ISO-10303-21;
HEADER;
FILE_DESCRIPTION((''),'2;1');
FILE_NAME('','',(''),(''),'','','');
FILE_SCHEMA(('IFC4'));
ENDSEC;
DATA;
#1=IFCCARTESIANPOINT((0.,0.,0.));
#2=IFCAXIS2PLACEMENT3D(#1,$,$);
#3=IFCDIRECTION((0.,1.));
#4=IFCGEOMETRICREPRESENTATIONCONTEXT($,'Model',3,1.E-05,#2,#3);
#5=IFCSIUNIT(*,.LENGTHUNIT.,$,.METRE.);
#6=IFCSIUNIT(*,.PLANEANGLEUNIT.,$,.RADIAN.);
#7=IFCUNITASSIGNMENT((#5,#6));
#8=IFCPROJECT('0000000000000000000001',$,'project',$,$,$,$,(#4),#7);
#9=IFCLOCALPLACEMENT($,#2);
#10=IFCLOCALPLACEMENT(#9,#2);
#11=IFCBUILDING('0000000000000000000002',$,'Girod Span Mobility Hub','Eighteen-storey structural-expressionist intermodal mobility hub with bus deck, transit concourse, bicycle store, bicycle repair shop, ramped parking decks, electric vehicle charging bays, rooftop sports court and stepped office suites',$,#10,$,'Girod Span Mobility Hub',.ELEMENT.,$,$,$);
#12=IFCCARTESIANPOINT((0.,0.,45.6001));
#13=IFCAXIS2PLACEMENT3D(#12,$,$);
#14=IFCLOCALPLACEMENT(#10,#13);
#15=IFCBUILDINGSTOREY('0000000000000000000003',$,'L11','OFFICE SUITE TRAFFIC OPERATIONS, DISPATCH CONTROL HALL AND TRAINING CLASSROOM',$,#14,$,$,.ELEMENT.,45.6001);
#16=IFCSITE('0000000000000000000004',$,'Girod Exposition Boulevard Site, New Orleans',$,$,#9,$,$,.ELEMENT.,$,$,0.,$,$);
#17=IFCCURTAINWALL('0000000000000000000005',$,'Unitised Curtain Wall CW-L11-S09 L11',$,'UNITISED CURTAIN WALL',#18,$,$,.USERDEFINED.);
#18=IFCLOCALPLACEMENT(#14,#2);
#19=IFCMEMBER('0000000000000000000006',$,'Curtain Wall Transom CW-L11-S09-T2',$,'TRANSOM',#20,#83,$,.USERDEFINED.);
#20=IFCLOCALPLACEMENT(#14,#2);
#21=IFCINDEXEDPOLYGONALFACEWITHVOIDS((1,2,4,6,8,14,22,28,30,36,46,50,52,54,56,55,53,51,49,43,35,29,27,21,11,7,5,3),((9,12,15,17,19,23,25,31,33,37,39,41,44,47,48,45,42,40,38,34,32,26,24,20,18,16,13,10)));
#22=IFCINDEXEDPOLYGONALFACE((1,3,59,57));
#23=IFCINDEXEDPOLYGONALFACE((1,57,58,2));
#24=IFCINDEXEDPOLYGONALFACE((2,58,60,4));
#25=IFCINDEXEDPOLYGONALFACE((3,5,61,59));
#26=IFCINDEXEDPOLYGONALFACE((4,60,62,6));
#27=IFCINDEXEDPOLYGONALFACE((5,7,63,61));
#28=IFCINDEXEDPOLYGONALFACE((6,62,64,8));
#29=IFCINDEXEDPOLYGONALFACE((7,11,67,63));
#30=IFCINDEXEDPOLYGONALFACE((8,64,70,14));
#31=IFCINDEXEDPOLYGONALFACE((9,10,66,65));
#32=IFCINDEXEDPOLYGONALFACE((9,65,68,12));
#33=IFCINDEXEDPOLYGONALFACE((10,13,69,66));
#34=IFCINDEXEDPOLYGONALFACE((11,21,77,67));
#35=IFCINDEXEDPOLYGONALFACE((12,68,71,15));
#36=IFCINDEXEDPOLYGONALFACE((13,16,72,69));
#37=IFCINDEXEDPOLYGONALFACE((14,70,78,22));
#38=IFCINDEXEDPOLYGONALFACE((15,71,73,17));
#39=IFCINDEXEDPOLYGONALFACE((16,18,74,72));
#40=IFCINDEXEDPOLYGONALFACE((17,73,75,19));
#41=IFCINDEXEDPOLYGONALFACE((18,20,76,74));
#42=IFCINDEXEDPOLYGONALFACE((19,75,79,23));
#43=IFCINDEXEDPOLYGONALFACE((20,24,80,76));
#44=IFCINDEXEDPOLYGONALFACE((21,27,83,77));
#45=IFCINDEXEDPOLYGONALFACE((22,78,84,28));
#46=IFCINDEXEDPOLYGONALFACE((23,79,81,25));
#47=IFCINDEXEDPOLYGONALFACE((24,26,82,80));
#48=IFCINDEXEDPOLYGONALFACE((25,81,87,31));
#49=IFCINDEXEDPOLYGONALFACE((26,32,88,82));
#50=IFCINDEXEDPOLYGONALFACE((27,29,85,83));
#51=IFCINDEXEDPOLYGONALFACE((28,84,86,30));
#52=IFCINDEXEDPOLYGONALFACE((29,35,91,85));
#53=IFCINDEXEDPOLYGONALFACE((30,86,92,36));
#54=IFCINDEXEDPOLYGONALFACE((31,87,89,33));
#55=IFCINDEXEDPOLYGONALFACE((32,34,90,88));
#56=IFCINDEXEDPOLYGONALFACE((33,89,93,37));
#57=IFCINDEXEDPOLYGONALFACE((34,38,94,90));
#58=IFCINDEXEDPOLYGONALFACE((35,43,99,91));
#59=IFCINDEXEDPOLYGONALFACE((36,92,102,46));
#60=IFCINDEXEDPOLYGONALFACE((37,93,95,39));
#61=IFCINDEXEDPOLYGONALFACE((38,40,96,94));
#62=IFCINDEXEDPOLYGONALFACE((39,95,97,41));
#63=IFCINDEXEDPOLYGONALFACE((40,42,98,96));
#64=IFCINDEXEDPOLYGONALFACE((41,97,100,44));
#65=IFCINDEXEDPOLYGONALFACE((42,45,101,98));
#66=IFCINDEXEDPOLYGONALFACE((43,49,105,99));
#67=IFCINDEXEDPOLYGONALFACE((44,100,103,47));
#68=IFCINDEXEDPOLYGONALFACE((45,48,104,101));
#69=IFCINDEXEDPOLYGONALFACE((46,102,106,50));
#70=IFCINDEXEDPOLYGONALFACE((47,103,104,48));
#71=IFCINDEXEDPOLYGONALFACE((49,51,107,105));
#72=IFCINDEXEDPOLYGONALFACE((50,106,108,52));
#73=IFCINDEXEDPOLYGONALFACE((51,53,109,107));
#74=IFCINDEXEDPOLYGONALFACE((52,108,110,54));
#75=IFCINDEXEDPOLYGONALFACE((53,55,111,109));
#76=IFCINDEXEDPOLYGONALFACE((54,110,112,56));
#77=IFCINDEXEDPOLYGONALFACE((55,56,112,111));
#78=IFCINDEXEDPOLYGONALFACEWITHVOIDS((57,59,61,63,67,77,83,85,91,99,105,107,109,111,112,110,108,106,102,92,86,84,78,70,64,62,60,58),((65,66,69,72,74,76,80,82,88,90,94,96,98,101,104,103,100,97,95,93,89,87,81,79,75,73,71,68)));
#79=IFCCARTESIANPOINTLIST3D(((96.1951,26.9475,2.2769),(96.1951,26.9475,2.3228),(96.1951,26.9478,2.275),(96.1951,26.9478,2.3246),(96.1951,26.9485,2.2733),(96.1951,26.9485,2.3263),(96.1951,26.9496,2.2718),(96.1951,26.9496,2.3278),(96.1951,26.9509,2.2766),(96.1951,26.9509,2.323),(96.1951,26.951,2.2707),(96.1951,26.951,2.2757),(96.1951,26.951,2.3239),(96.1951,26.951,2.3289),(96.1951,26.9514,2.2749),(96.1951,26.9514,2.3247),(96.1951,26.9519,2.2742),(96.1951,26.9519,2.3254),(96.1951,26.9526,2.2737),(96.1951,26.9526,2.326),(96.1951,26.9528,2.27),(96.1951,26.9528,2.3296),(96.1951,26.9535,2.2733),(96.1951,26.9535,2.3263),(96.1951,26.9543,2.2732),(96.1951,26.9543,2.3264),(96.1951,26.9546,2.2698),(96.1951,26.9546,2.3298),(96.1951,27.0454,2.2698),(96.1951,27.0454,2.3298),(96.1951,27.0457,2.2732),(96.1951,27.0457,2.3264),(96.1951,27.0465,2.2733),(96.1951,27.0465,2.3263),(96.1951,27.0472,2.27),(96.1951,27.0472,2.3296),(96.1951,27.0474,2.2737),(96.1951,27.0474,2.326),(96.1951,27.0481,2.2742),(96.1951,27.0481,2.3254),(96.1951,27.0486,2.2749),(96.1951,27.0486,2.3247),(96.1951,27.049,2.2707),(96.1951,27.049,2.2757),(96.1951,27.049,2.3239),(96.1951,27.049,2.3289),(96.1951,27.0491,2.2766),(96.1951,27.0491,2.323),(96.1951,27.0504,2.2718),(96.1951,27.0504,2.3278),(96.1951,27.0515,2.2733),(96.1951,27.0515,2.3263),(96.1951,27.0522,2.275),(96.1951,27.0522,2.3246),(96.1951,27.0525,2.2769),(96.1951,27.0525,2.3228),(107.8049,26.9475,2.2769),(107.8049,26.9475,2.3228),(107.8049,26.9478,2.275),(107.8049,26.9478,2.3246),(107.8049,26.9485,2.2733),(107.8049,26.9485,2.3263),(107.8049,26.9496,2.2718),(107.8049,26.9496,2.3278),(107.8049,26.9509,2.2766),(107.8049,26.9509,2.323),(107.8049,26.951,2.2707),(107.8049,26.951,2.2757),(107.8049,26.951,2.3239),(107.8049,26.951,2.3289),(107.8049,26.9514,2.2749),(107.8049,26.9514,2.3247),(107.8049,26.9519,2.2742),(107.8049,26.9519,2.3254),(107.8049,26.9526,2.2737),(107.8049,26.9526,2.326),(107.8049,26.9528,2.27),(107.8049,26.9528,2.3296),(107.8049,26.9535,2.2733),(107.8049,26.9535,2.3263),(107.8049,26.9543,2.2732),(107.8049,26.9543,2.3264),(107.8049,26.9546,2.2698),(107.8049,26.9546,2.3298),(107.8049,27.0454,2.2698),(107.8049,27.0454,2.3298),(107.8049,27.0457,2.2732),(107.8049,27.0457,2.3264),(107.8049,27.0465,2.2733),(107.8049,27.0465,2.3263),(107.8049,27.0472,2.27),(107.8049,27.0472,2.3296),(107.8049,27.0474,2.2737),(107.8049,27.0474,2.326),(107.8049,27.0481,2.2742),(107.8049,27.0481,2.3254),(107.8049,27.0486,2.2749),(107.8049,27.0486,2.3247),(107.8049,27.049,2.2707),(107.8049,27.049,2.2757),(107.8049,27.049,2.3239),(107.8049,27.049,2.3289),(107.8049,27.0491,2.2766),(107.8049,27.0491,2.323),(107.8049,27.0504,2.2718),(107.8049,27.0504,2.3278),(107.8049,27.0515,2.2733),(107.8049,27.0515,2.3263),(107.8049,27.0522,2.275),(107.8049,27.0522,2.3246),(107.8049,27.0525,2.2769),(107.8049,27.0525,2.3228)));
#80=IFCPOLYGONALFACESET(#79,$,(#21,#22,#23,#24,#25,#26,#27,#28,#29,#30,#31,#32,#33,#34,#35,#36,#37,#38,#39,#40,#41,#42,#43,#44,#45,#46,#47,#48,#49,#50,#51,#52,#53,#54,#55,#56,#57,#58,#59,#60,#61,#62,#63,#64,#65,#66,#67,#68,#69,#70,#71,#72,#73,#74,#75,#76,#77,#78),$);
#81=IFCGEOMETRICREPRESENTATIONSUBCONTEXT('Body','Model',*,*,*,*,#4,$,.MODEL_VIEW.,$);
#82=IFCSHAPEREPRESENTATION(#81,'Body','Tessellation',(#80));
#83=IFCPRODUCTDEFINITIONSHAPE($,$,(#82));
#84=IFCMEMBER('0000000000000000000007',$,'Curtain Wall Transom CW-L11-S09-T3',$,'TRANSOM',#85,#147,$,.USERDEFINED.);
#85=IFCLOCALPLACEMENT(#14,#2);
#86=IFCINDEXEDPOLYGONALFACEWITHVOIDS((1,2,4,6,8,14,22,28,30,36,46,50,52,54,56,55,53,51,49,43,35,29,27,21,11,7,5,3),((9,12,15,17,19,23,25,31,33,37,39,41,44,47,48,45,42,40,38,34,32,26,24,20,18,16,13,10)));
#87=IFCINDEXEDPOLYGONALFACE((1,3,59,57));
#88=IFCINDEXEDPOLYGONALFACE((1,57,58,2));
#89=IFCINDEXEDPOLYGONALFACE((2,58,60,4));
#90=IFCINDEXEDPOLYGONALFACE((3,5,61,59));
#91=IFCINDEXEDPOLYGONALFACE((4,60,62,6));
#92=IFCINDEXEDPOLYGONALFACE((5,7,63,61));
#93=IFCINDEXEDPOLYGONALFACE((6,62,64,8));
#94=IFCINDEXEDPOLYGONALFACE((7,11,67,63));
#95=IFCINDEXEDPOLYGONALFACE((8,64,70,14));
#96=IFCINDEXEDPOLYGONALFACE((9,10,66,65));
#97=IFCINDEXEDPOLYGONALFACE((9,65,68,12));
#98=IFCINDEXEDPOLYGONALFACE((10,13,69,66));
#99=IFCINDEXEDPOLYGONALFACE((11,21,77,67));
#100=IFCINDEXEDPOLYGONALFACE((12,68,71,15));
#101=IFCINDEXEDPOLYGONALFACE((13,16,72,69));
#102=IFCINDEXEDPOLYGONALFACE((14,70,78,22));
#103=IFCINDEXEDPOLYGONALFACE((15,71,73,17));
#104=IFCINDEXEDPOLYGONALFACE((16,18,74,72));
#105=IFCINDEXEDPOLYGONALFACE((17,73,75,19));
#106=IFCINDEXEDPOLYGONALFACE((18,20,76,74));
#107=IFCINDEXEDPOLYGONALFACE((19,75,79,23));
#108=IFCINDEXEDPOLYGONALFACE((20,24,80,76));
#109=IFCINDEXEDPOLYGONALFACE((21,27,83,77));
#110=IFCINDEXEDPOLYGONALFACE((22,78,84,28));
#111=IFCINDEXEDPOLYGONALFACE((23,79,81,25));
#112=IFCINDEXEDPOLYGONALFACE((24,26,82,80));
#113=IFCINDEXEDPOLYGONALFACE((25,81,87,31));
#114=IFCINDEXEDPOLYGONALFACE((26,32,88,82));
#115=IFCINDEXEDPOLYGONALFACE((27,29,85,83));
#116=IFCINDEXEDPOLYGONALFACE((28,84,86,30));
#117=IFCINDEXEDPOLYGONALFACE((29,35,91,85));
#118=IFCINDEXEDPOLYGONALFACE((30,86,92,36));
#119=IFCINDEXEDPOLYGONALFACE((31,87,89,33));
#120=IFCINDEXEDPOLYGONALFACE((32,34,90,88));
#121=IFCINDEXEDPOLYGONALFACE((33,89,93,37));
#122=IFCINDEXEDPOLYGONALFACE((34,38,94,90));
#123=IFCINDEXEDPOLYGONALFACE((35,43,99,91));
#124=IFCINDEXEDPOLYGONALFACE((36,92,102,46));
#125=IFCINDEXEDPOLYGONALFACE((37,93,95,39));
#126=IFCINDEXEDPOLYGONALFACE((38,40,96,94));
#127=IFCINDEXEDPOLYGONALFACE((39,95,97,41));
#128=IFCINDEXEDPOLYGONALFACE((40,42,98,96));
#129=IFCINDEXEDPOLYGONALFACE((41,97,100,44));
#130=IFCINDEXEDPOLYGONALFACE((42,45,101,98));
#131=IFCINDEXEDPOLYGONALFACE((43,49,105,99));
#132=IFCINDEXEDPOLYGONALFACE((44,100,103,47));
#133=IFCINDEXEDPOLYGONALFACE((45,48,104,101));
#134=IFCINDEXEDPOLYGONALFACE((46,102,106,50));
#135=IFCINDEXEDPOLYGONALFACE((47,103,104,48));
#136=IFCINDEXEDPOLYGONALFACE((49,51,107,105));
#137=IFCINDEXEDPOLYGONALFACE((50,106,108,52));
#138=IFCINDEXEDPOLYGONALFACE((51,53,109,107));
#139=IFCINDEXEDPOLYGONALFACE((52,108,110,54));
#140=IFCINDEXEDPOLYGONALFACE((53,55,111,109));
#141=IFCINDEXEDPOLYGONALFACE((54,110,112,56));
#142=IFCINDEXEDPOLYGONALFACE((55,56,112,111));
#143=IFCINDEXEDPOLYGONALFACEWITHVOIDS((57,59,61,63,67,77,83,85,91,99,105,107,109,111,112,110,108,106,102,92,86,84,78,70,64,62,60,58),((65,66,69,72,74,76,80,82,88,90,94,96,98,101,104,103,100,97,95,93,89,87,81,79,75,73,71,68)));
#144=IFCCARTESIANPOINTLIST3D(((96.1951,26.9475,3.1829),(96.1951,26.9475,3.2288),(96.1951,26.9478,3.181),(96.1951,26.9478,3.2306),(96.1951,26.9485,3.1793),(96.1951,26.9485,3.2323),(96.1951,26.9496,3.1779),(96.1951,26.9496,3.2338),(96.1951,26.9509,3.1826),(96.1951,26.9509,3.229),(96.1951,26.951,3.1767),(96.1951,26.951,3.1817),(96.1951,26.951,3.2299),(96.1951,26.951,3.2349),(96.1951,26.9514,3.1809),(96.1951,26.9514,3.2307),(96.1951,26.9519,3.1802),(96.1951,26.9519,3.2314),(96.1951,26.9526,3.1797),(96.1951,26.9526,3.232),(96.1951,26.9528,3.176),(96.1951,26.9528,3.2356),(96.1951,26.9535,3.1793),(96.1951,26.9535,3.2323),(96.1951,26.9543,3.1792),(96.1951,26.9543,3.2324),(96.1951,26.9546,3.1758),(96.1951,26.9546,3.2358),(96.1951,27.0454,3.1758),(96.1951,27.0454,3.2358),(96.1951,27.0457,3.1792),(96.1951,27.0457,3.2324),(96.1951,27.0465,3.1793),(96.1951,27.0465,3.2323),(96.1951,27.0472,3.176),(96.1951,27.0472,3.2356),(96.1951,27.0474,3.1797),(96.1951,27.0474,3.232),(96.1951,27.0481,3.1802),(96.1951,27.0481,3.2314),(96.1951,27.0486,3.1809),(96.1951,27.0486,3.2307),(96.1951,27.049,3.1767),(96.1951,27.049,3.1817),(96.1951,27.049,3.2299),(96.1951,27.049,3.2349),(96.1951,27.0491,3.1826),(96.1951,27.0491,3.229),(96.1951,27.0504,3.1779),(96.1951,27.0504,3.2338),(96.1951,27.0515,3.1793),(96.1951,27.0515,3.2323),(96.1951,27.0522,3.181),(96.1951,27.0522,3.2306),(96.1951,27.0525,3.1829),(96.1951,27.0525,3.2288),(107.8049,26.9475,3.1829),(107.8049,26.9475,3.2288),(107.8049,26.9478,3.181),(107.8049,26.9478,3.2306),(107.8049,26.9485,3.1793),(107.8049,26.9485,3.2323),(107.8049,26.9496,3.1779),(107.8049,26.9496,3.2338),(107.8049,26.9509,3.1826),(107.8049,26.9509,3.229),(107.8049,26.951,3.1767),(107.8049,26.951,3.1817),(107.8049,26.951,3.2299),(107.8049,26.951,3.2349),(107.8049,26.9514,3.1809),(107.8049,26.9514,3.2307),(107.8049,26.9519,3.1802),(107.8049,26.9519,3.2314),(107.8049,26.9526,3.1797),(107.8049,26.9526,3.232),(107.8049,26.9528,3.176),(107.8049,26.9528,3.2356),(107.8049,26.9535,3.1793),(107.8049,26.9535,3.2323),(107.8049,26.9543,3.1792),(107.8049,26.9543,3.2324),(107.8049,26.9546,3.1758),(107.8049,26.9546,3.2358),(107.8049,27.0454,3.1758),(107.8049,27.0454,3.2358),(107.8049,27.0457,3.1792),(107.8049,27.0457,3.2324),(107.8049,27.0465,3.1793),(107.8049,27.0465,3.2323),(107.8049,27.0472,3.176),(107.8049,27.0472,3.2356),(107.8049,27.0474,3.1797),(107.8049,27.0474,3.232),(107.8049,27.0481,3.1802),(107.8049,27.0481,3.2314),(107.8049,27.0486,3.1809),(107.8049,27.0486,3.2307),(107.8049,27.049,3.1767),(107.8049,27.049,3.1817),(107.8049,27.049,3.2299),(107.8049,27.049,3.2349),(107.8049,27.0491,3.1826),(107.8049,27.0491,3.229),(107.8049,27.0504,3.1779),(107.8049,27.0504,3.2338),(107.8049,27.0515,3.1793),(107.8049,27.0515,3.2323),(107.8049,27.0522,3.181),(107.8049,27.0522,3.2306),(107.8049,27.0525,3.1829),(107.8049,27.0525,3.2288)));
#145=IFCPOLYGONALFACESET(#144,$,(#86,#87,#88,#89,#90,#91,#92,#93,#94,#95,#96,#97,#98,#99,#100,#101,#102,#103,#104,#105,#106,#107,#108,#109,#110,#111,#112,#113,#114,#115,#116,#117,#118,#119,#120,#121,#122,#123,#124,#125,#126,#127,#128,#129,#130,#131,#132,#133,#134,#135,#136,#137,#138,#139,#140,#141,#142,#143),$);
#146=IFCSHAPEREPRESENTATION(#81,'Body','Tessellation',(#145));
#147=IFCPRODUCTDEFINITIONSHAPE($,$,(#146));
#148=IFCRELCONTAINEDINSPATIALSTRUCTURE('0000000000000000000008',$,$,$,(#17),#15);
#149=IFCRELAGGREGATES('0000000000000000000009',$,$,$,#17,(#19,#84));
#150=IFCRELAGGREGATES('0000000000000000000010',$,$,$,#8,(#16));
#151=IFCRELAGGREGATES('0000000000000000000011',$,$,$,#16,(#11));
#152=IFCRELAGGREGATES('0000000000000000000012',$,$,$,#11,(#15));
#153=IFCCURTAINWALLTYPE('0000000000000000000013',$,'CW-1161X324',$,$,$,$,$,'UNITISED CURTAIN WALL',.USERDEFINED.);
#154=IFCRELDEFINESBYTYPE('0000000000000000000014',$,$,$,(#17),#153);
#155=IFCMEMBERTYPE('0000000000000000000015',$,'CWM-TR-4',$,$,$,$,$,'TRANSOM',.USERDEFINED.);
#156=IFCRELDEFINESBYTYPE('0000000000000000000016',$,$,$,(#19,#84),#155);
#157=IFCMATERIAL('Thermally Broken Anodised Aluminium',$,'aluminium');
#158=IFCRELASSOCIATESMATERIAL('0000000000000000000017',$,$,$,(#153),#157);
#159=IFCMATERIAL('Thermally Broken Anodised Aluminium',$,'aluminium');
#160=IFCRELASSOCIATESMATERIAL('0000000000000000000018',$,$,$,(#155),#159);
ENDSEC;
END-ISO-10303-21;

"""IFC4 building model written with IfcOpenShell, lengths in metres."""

from ifc_helpers import new_model, si_unit, direction, frame, origin, origin_2d, place, context, subcontext, project, spatial, hollow_rectangle, extrude, material, material_profile, profile_set, type_object, element, aggregate, save


model = new_model("IFC4")

# Units and contexts
model_context = context("Model", 3, precision=1e-05, world=origin(), true_north=direction((0.0, 1.0)))
body_context = subcontext(model_context, "Body", "Model", "MODEL_VIEW")
ifc_project = project(units=[si_unit("LENGTHUNIT", "METRE"), si_unit("PLANEANGLEUNIT", "RADIAN")], contexts=[model_context])

# Site, building, storey
site_placement = place(None, origin())
site = spatial("IfcSite", under=ifc_project, at=site_placement, Name="Girod Exposition Boulevard Site, New Orleans", CompositionType="ELEMENT", RefElevation=0.0)
building_placement = place(site_placement, origin())
building = spatial("IfcBuilding", under=site, at=building_placement, Name="Girod Span Mobility Hub", Description="Eighteen-storey structural-expressionist intermodal mobility hub with bus deck, transit concourse, bicycle store, bicycle repair shop, ramped parking decks, electric vehicle charging bays, rooftop sports court and stepped office suites", LongName="Girod Span Mobility Hub", CompositionType="ELEMENT")
storey_placement = place(building_placement, frame((0.0, 0.0, 45.6001)))
storey = spatial("IfcBuildingStorey", under=building, at=storey_placement, Name="L11", Description="OFFICE SUITE TRAFFIC OPERATIONS, DISPATCH CONTROL HALL AND TRAINING CLASSROOM", CompositionType="ELEMENT", Elevation=45.6001)

# Curtain wall, members
ifc_material_1 = material(Name="Thermally Broken Anodised Aluminium", Category="aluminium")
curtain_wall_type = type_object("IfcCurtainWallType", Name="CW-1161X324", ElementType="UNITISED CURTAIN WALL", PredefinedType="USERDEFINED", material=ifc_material_1)
curtain_wall_1_placement = place(storey_placement, origin())
curtain_wall_1 = element("IfcCurtainWall", 1, at=curtain_wall_1_placement, inside=storey, type_object=curtain_wall_type, Name="Unitised Curtain Wall CW-L11-S09 L11", ObjectType="UNITISED CURTAIN WALL", PredefinedType="USERDEFINED")
ifc_material_2 = material(Name="Thermally Broken Anodised Aluminium", Category="aluminium")
ifc_material_profile_1 = material_profile(ifc_material_2, hollow_rectangle(XDim=0.105, YDim=0.0601, WallThickness=0.0034, InnerFilletRadius=0.0034, OuterFilletRadius=0.0071, at=origin_2d()), Name="CW-TR-60X105")
ifc_profile_set_1 = profile_set([ifc_material_profile_1], Name="Thermally Broken Anodised Aluminium")
member_type_1 = type_object("IfcMemberType", Name="CWM-TR-4", ElementType="TRANSOM", PredefinedType="USERDEFINED", material=ifc_profile_set_1)
member_1_placement = place(storey_placement, frame((96.1951, 27.0, 2.2998), z_axis=(1.0, 0.0, 0.0), x_axis=(0.0, 1.0, 0.0)))
member_1 = element("IfcMember", 2, at=member_1_placement, type_object=member_type_1, Name="Curtain Wall Transom CW-L11-S09-T2", ObjectType="TRANSOM", PredefinedType="USERDEFINED", context=body_context, shape_type="SweptSolid", body=[
    extrude(hollow_rectangle(XDim=0.105, YDim=0.0601, WallThickness=0.0034, InnerFilletRadius=0.0034, OuterFilletRadius=0.0071, at=origin_2d()), origin(), (0.0, 0.0, 1.0), 11.6099),
])
member_2_placement = place(storey_placement, frame((96.1951, 27.0, 3.2058), z_axis=(1.0, 0.0, 0.0), x_axis=(0.0, 1.0, 0.0)))
member_2 = element("IfcMember", 3, at=member_2_placement, type_object=member_type_1, Name="Curtain Wall Transom CW-L11-S09-T3", ObjectType="TRANSOM", PredefinedType="USERDEFINED", context=body_context, shape_type="SweptSolid", body=[
    extrude(hollow_rectangle(XDim=0.105, YDim=0.0601, WallThickness=0.0034, InnerFilletRadius=0.0034, OuterFilletRadius=0.0071, at=origin_2d()), origin(), (0.0, 0.0, 1.0), 11.6099),
])

aggregate(curtain_wall_1, [member_1, member_2])

save(model, "model.ifc")
